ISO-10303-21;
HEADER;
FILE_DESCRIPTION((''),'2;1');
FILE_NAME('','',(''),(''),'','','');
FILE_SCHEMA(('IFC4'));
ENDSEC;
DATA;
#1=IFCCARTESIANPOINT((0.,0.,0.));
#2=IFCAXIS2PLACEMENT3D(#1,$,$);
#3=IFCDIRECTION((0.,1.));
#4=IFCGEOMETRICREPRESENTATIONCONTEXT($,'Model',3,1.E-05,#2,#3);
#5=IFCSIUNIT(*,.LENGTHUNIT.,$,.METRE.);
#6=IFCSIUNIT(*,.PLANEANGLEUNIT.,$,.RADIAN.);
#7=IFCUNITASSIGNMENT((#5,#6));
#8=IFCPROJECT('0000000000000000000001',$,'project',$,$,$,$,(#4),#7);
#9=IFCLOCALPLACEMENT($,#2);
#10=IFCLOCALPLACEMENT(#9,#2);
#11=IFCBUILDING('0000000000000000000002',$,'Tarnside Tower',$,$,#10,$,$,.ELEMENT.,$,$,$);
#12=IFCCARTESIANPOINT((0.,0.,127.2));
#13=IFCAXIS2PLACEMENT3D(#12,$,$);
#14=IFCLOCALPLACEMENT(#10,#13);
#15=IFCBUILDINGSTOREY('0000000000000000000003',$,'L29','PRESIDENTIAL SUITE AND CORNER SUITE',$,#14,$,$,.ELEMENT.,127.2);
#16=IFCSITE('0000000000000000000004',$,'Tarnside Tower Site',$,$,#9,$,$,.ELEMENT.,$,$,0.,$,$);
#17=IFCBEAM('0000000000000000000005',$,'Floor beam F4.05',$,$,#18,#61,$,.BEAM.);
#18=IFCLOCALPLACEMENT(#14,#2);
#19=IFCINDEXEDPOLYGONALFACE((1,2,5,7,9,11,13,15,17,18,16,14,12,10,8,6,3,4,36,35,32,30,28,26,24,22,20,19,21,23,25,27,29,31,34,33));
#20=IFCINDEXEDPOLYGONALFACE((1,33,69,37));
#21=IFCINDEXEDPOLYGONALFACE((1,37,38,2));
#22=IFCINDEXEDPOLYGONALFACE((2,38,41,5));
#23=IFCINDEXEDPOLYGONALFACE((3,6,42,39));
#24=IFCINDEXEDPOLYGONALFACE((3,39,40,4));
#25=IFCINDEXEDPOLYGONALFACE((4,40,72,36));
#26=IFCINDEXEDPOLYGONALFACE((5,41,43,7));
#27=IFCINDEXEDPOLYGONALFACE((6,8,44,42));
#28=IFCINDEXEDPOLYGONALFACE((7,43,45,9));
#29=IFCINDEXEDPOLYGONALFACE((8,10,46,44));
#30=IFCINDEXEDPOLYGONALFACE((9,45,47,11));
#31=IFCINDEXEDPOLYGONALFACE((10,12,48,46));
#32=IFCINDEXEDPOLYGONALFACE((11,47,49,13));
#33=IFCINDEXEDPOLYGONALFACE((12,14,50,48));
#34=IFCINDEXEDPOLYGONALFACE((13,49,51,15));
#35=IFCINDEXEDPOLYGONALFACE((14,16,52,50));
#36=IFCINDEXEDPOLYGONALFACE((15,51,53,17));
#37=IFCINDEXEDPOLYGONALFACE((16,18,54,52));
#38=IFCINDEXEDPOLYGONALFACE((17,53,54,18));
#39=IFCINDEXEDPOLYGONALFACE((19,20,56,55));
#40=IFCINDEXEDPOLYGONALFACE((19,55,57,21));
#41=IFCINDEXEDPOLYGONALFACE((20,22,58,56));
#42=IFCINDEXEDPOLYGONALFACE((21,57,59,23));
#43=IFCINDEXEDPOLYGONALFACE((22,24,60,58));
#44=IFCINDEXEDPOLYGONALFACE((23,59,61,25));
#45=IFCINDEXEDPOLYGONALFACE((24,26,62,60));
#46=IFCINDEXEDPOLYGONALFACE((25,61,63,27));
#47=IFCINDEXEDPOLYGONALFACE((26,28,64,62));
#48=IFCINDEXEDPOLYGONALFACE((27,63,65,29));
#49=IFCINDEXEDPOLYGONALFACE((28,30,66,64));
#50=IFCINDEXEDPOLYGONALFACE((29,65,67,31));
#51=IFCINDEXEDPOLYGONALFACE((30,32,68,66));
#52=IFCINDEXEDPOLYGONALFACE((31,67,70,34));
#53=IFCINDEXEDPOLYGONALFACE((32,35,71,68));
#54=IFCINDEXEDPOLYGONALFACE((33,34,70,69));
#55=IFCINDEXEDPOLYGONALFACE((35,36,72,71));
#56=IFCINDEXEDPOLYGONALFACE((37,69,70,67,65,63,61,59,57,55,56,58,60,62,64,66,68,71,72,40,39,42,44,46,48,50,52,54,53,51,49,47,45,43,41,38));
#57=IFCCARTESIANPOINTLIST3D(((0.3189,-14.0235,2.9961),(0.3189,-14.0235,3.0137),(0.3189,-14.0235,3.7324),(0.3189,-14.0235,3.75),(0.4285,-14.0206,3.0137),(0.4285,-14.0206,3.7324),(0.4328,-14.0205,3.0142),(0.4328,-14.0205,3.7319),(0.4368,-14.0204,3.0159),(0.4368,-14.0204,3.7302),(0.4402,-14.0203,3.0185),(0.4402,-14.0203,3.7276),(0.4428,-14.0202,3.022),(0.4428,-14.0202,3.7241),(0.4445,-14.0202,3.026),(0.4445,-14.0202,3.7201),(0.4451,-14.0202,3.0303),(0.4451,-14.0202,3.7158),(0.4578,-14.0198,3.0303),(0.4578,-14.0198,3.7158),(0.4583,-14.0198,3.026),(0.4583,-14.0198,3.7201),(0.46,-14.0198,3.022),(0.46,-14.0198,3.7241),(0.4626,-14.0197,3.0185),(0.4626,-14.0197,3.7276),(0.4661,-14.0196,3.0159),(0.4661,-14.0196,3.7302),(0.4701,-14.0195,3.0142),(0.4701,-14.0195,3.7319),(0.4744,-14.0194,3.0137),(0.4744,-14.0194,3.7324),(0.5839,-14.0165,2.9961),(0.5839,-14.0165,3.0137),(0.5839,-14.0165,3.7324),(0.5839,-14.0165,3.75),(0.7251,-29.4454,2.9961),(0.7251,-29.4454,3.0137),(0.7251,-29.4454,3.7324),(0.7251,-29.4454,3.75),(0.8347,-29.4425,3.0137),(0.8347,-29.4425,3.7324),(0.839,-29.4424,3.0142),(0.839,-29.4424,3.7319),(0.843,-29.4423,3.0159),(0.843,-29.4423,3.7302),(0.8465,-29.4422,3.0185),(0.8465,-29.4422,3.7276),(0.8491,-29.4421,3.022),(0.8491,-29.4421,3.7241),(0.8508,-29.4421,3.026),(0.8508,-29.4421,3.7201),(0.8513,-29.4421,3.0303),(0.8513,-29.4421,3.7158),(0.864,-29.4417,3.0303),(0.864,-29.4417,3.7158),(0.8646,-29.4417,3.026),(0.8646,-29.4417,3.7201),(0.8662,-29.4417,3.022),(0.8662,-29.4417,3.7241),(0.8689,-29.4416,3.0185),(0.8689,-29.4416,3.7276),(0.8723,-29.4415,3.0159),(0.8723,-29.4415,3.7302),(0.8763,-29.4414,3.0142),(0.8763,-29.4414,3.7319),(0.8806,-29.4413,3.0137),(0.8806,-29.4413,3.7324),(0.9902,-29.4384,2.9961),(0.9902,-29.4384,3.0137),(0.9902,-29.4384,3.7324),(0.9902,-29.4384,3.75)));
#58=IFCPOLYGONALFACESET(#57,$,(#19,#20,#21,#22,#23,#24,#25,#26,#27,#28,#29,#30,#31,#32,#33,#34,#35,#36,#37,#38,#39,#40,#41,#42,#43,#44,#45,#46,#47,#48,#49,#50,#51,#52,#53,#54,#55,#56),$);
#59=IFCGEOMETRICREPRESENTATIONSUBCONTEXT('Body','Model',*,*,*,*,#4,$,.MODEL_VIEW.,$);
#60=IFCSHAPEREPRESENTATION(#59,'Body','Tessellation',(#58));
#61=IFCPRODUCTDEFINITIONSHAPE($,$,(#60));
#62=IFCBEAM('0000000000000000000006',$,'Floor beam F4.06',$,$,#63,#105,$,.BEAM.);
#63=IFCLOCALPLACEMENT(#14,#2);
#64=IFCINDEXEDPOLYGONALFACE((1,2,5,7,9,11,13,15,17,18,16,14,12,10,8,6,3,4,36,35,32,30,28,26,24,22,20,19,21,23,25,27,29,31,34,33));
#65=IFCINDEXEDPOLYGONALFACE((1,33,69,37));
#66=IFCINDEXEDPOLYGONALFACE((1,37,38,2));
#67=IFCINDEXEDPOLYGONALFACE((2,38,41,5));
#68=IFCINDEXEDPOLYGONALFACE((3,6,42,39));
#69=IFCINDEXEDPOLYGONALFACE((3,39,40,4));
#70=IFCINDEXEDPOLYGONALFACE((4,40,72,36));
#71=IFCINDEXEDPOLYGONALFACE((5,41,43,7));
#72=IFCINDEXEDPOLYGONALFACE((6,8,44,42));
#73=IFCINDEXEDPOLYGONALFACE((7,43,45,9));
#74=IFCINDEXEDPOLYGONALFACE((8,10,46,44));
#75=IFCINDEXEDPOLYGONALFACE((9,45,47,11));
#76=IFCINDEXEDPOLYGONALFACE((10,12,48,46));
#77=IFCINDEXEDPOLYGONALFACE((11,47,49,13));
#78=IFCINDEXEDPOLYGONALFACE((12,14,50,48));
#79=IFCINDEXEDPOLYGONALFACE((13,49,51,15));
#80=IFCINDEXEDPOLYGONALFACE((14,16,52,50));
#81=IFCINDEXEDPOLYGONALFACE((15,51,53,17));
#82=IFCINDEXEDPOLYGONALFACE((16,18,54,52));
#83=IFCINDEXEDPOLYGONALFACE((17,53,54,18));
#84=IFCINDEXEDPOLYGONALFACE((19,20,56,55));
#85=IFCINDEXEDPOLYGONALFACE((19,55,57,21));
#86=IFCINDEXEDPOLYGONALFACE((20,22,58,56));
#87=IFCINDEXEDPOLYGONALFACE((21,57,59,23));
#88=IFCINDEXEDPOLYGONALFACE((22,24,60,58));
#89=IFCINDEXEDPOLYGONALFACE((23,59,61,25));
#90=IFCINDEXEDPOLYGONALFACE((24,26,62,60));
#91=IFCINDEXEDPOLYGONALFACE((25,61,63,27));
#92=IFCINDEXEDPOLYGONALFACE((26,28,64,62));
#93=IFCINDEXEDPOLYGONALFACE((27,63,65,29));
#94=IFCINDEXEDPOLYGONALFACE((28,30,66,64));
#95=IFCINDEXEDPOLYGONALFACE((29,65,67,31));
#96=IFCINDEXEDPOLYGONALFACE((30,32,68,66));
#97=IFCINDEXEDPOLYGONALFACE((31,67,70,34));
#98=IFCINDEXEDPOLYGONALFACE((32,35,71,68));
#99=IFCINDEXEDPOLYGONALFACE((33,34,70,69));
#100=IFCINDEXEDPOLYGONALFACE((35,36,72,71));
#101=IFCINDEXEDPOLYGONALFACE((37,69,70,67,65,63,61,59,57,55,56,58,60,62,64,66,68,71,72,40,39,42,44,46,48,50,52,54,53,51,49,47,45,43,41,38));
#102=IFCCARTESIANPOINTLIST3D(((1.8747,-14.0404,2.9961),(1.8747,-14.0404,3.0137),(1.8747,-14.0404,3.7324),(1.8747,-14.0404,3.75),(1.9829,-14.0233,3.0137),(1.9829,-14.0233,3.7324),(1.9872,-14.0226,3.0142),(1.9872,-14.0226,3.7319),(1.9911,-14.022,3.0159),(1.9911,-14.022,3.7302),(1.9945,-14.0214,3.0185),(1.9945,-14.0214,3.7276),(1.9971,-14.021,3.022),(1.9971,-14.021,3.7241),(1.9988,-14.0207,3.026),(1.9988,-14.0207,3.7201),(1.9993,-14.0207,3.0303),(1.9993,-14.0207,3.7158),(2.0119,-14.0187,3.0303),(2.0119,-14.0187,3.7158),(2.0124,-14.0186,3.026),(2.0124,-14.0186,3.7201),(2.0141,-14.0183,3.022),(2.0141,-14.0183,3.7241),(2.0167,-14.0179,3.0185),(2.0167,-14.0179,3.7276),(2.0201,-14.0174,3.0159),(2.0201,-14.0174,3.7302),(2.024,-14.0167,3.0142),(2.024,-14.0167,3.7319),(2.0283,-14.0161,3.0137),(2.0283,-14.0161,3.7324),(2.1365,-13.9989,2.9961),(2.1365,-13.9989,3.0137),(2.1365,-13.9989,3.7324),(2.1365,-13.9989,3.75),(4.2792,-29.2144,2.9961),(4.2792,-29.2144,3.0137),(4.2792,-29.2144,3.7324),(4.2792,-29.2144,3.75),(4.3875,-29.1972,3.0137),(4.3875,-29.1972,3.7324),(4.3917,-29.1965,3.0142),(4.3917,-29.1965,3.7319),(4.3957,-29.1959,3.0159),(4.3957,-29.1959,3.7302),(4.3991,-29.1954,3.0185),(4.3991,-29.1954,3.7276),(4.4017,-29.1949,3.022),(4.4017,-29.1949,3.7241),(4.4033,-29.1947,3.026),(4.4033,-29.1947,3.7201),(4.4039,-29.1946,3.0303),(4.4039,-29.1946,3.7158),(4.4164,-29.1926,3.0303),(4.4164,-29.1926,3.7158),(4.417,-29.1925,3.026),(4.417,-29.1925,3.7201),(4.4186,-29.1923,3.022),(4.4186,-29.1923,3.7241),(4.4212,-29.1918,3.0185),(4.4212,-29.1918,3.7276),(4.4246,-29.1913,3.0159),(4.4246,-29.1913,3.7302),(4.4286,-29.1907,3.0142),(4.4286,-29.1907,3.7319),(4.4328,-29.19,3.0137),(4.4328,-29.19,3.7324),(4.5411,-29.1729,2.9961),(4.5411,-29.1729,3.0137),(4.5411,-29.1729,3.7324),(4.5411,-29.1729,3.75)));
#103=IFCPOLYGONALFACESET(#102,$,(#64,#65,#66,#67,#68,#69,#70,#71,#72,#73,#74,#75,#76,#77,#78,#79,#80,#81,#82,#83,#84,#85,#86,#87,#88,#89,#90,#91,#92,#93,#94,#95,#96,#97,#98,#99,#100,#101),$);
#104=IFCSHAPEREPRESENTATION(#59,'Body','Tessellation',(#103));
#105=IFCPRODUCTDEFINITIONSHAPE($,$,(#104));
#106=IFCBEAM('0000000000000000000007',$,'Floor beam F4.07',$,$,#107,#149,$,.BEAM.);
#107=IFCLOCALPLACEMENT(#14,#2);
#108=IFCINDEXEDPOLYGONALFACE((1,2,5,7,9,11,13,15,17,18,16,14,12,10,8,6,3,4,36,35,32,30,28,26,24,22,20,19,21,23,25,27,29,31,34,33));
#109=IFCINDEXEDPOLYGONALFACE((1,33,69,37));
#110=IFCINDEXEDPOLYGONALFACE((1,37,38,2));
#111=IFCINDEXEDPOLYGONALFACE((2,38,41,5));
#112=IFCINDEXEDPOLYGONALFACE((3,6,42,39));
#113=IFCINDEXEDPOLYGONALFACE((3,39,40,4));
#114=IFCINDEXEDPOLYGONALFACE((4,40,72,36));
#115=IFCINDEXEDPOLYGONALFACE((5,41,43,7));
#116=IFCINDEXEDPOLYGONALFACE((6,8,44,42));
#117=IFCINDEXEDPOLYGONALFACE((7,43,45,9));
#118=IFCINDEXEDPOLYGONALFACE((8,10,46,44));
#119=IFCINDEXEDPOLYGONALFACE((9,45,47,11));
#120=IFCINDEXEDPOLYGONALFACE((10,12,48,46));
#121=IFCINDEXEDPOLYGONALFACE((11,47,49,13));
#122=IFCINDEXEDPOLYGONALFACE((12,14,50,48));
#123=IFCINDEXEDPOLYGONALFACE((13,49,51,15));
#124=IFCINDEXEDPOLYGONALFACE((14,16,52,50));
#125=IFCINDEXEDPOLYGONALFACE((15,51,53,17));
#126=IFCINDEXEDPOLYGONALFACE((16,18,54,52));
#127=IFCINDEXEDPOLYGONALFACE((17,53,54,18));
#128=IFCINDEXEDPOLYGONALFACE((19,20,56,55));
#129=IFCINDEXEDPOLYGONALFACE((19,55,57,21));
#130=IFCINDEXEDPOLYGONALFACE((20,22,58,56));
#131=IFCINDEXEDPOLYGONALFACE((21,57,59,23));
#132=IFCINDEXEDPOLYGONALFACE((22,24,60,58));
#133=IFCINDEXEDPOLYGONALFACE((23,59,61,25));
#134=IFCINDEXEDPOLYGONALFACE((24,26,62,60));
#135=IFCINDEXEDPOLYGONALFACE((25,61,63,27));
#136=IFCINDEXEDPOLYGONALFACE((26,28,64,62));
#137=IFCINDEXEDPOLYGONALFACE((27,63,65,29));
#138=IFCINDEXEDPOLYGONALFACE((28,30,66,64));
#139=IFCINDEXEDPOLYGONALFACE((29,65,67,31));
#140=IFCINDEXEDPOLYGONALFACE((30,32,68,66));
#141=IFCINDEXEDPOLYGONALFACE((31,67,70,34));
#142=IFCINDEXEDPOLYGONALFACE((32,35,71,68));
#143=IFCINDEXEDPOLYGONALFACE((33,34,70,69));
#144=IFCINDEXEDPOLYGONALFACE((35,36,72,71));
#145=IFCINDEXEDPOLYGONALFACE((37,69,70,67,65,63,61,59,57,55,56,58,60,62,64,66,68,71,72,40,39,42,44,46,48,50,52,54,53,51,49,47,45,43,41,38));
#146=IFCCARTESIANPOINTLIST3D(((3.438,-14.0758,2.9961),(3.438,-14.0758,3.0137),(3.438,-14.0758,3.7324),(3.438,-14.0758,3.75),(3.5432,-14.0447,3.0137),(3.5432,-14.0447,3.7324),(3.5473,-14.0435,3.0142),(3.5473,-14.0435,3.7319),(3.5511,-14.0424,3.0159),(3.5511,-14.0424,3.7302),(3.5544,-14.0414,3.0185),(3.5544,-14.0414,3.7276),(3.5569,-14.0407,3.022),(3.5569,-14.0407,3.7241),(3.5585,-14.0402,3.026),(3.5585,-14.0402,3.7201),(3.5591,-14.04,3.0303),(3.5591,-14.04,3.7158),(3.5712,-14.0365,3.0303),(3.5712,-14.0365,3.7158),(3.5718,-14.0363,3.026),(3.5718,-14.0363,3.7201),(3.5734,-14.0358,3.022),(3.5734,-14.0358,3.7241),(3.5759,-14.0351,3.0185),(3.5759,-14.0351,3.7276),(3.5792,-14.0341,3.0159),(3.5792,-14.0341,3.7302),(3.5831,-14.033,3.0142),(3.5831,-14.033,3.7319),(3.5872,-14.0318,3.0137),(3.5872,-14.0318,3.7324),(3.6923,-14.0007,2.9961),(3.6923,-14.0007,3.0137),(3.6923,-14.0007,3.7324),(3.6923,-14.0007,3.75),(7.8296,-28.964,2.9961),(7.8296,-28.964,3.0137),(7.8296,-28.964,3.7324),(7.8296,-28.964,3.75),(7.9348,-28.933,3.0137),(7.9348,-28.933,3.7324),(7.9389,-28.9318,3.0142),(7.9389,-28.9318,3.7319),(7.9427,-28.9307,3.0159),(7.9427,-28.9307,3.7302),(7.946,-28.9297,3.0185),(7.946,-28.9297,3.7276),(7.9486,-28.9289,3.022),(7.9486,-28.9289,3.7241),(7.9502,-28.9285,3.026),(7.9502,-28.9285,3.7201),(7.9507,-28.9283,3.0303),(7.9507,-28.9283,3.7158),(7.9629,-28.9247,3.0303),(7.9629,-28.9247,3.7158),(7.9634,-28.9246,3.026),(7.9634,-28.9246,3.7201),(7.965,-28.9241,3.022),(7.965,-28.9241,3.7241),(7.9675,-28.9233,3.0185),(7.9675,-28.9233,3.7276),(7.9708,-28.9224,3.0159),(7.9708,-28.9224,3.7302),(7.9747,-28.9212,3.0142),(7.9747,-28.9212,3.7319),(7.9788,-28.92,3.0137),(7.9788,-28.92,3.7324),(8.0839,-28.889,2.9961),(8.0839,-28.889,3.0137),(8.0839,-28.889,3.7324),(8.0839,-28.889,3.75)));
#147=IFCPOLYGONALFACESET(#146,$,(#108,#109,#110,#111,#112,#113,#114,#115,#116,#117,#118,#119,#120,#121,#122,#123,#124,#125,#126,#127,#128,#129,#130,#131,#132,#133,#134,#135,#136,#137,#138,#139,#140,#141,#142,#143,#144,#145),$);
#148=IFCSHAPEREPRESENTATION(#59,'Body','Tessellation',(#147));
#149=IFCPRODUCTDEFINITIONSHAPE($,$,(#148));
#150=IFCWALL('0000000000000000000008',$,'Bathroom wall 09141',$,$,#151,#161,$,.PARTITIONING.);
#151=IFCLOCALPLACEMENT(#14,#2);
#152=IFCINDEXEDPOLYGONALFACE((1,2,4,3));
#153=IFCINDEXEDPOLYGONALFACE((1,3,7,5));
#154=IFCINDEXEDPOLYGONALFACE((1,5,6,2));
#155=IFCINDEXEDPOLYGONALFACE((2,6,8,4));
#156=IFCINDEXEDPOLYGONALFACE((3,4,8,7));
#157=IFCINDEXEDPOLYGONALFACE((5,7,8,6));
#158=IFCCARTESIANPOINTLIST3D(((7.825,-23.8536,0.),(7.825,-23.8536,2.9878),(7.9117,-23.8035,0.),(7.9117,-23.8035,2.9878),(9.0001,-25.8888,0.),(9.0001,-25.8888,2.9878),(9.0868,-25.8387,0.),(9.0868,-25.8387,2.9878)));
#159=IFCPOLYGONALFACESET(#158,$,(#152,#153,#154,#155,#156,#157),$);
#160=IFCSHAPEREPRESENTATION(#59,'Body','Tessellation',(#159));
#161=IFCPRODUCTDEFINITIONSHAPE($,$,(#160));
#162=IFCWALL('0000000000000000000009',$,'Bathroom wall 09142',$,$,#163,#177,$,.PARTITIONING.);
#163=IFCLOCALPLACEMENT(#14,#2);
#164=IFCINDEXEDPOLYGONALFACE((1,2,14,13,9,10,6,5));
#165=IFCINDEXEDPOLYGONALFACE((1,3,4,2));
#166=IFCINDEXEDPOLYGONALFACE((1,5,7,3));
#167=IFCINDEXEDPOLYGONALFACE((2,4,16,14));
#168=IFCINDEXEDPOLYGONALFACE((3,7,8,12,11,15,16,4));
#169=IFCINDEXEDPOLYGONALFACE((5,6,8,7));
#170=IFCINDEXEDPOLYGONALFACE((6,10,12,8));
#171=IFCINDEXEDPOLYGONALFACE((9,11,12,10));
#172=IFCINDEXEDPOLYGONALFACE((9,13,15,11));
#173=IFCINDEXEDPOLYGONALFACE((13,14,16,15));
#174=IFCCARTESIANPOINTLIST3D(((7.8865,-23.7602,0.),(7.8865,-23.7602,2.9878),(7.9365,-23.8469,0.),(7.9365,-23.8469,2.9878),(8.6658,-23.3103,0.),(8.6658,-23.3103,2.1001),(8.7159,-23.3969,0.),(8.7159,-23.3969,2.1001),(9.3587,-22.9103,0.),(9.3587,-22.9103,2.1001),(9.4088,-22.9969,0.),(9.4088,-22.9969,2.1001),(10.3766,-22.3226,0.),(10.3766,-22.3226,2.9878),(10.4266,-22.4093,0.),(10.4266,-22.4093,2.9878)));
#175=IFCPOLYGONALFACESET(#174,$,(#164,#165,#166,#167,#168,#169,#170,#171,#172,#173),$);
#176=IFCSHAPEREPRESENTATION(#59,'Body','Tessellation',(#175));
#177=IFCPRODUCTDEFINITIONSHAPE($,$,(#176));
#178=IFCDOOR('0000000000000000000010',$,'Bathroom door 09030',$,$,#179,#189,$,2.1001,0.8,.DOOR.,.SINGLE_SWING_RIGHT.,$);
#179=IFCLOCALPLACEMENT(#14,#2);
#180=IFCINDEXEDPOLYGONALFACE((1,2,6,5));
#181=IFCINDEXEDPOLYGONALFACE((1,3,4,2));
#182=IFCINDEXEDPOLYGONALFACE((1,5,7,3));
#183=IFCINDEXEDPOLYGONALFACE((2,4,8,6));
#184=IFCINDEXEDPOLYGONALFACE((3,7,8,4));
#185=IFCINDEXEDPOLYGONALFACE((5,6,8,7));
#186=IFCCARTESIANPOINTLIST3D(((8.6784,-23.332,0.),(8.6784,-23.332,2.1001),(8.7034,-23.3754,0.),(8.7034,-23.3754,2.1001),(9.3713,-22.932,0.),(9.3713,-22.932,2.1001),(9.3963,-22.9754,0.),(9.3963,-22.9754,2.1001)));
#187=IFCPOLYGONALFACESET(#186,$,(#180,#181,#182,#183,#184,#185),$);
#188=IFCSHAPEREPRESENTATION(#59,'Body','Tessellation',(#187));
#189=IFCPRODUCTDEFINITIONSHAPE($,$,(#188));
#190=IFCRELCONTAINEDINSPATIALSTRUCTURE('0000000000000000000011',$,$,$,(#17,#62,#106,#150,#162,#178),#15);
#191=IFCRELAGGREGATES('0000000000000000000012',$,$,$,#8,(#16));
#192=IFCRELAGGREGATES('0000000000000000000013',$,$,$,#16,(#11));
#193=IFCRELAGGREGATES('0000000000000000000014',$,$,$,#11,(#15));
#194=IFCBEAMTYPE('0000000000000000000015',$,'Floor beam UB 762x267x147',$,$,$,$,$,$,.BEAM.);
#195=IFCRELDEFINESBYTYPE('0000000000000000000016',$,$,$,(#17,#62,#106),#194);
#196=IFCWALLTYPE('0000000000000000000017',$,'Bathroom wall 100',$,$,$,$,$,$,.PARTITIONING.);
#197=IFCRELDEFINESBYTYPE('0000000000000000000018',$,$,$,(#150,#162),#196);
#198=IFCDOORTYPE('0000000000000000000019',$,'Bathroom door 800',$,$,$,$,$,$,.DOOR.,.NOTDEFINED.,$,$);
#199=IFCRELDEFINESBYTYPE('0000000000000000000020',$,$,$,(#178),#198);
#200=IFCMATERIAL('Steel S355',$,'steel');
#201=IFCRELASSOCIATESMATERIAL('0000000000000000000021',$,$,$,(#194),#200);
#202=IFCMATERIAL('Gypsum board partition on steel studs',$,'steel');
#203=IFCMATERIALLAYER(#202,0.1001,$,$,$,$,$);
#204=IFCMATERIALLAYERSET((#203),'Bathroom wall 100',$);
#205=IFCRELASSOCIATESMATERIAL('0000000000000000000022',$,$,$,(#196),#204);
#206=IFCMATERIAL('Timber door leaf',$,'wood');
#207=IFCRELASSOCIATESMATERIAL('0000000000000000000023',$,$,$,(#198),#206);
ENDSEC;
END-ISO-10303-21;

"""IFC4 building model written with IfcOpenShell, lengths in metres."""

from ifc_helpers import new_model, si_unit, direction, frame, frame_2d, origin, origin_2d, place, context, subcontext, project, spatial, rectangle, i_section, extrude, material, layer, layer_set, material_profile, profile_set, type_object, element, fill, save


model = new_model("IFC4")

# Units and contexts
model_context = context("Model", 3, precision=1e-05, world=origin(), true_north=direction((0.0, 1.0)))
body_context = subcontext(model_context, "Body", "Model", "MODEL_VIEW")
ifc_project = project(units=[si_unit("LENGTHUNIT", "METRE"), si_unit("PLANEANGLEUNIT", "RADIAN")], contexts=[model_context])

# Site, building, storey
site_placement = place(None, origin())
site = spatial("IfcSite", under=ifc_project, at=site_placement, Name="Tarnside Tower Site", CompositionType="ELEMENT", RefElevation=0.0)
building_placement = place(site_placement, origin())
building = spatial("IfcBuilding", under=site, at=building_placement, Name="Tarnside Tower", CompositionType="ELEMENT")
storey_placement = place(building_placement, frame((0.0, 0.0, 127.2)))
storey = spatial("IfcBuildingStorey", under=building, at=storey_placement, Name="L29", Description="PRESIDENTIAL SUITE AND CORNER SUITE", CompositionType="ELEMENT", Elevation=127.2)

# Beams
ifc_material_1 = material(Name="Steel S355", Category="steel")
ifc_material_profile = material_profile(ifc_material_1, i_section(OverallWidth=0.2651, OverallDepth=0.7539, WebThickness=0.0127, FlangeThickness=0.0176, FilletRadius=0.0166, at=origin_2d()), Name="UB 762x267x147")
ifc_profile_set = profile_set([ifc_material_profile], Name="Steel S355")
beam_type = type_object("IfcBeamType", Name="Floor beam UB 762x267x147", PredefinedType="BEAM", material=ifc_profile_set)
beam_1_placement = place(storey_placement, frame((0.8577, -29.4419, 3.373), z_axis=(-0.026333, 0.999653, 0.0), x_axis=(-0.999653, -0.026333, 0.0)))
element("IfcBeam", 1, at=beam_1_placement, inside=storey, type_object=beam_type, Name="Floor beam F4.05", PredefinedType="BEAM", context=body_context, shape_type="SweptSolid", body=[
    extrude(i_section(OverallWidth=0.2651, OverallDepth=0.7539, WebThickness=0.0127, FlangeThickness=0.0176, FilletRadius=0.0166, at=origin_2d()), origin(), (0.0, 0.0, 1.0), 15.4272),
])
beam_2_placement = place(storey_placement, frame((4.4102, -29.1936, 3.373), z_axis=(-0.156513, 0.987676, 0.0), x_axis=(-0.987676, -0.156513, 0.0)))
element("IfcBeam", 2, at=beam_2_placement, inside=storey, type_object=beam_type, Name="Floor beam F4.06", PredefinedType="BEAM", context=body_context, shape_type="SweptSolid", body=[
    extrude(i_section(OverallWidth=0.2651, OverallDepth=0.7539, WebThickness=0.0127, FlangeThickness=0.0176, FilletRadius=0.0166, at=origin_2d()), origin(), (0.0, 0.0, 1.0), 15.3633),
])
beam_3_placement = place(storey_placement, frame((7.9568, -28.9265, 3.373), z_axis=(-0.282921, 0.959143, 0.0), x_axis=(-0.959143, -0.282921, 0.0)))
element("IfcBeam", 3, at=beam_3_placement, inside=storey, type_object=beam_type, Name="Floor beam F4.07", PredefinedType="BEAM", context=body_context, shape_type="SweptSolid", body=[
    extrude(i_section(OverallWidth=0.2651, OverallDepth=0.7539, WebThickness=0.0127, FlangeThickness=0.0176, FilletRadius=0.0166, at=origin_2d()), origin(), (0.0, 0.0, 1.0), 15.5225),
])

# Wall
ifc_material_2 = material(Name="Gypsum board partition on steel studs", Category="steel")
ifc_layer_1 = layer(ifc_material_2, 0.1001)
ifc_layer_set_1 = layer_set([ifc_layer_1], Name="Bathroom wall 100")
wall_type_1 = type_object("IfcWallType", Name="Bathroom wall 100", PredefinedType="PARTITIONING", material=ifc_layer_set_1)
wall_1_placement = place(storey_placement, frame((9.0435, -25.8638, 0.0), z_axis=(0.0, 0.0, 1.0), x_axis=(-0.500016, 0.866016, 0.0)))
element("IfcWall", 4, at=wall_1_placement, inside=storey, type_object=wall_type_1, Name="Bathroom wall 09141", PredefinedType="PARTITIONING", context=body_context, shape_type="SweptSolid", body=[
    extrude(rectangle(XDim=2.3501, YDim=0.1001, at=frame_2d((1.175, 0.0))), origin(), (0.0, 0.0, 1.0), 2.9878),
])

# Wall, opening, door
wall_2_placement = place(storey_placement, frame((7.9116, -23.8035, 0.0), z_axis=(0.0, 0.0, 1.0), x_axis=(0.86604, 0.499975, 0.0)))
wall_2 = element("IfcWall", 5, at=wall_2_placement, inside=storey, type_object=wall_type_1, Name="Bathroom wall 09142", PredefinedType="PARTITIONING", context=body_context, shape_type="SweptSolid", body=[
    extrude(rectangle(XDim=2.8752, YDim=0.1001, at=frame_2d((1.4375, 0.0))), origin(), (0.0, 0.0, 1.0), 2.9878),
])
opening_1_placement = place(wall_2_placement, frame((0.8999, 0.0, 0.0)))
opening_1 = element("IfcOpeningElement", 6, at=opening_1_placement, cuts=wall_2, PredefinedType="OPENING", context=body_context, shape_type="SweptSolid", body=[
    extrude(rectangle(XDim=0.8, YDim=2.1001, at=frame_2d((0.3999, 1.05))), frame((0.0, 0.0601, 0.0), z_axis=(0.0, -1.0, 0.0), x_axis=(1.0, 0.0, 0.0)), (0.0, 0.0, 1.0), 0.1201),
])
ifc_material_3 = material(Name="Timber door leaf", Category="wood")
door_type_1 = type_object("IfcDoorType", Name="Bathroom door 800", OperationType="NOTDEFINED", PredefinedType="DOOR", material=ifc_material_3)
door_1_placement = place(opening_1_placement, origin())
door_1 = element("IfcDoor", 7, at=door_1_placement, inside=storey, type_object=door_type_1, Name="Bathroom door 09030", OperationType="SINGLE_SWING_RIGHT", OverallHeight=2.1001, OverallWidth=0.8, PredefinedType="DOOR", context=body_context, shape_type="SweptSolid", body=[
    extrude(rectangle(XDim=0.8, YDim=2.1001, at=frame_2d((0.3999, 1.05))), frame((0.0, 0.0249, 0.0), z_axis=(0.0, -1.0, 0.0), x_axis=(1.0, 0.0, 0.0)), (0.0, 0.0, 1.0), 0.05),
])
fill(opening_1, door_1)

save(model, "model.ifc")
